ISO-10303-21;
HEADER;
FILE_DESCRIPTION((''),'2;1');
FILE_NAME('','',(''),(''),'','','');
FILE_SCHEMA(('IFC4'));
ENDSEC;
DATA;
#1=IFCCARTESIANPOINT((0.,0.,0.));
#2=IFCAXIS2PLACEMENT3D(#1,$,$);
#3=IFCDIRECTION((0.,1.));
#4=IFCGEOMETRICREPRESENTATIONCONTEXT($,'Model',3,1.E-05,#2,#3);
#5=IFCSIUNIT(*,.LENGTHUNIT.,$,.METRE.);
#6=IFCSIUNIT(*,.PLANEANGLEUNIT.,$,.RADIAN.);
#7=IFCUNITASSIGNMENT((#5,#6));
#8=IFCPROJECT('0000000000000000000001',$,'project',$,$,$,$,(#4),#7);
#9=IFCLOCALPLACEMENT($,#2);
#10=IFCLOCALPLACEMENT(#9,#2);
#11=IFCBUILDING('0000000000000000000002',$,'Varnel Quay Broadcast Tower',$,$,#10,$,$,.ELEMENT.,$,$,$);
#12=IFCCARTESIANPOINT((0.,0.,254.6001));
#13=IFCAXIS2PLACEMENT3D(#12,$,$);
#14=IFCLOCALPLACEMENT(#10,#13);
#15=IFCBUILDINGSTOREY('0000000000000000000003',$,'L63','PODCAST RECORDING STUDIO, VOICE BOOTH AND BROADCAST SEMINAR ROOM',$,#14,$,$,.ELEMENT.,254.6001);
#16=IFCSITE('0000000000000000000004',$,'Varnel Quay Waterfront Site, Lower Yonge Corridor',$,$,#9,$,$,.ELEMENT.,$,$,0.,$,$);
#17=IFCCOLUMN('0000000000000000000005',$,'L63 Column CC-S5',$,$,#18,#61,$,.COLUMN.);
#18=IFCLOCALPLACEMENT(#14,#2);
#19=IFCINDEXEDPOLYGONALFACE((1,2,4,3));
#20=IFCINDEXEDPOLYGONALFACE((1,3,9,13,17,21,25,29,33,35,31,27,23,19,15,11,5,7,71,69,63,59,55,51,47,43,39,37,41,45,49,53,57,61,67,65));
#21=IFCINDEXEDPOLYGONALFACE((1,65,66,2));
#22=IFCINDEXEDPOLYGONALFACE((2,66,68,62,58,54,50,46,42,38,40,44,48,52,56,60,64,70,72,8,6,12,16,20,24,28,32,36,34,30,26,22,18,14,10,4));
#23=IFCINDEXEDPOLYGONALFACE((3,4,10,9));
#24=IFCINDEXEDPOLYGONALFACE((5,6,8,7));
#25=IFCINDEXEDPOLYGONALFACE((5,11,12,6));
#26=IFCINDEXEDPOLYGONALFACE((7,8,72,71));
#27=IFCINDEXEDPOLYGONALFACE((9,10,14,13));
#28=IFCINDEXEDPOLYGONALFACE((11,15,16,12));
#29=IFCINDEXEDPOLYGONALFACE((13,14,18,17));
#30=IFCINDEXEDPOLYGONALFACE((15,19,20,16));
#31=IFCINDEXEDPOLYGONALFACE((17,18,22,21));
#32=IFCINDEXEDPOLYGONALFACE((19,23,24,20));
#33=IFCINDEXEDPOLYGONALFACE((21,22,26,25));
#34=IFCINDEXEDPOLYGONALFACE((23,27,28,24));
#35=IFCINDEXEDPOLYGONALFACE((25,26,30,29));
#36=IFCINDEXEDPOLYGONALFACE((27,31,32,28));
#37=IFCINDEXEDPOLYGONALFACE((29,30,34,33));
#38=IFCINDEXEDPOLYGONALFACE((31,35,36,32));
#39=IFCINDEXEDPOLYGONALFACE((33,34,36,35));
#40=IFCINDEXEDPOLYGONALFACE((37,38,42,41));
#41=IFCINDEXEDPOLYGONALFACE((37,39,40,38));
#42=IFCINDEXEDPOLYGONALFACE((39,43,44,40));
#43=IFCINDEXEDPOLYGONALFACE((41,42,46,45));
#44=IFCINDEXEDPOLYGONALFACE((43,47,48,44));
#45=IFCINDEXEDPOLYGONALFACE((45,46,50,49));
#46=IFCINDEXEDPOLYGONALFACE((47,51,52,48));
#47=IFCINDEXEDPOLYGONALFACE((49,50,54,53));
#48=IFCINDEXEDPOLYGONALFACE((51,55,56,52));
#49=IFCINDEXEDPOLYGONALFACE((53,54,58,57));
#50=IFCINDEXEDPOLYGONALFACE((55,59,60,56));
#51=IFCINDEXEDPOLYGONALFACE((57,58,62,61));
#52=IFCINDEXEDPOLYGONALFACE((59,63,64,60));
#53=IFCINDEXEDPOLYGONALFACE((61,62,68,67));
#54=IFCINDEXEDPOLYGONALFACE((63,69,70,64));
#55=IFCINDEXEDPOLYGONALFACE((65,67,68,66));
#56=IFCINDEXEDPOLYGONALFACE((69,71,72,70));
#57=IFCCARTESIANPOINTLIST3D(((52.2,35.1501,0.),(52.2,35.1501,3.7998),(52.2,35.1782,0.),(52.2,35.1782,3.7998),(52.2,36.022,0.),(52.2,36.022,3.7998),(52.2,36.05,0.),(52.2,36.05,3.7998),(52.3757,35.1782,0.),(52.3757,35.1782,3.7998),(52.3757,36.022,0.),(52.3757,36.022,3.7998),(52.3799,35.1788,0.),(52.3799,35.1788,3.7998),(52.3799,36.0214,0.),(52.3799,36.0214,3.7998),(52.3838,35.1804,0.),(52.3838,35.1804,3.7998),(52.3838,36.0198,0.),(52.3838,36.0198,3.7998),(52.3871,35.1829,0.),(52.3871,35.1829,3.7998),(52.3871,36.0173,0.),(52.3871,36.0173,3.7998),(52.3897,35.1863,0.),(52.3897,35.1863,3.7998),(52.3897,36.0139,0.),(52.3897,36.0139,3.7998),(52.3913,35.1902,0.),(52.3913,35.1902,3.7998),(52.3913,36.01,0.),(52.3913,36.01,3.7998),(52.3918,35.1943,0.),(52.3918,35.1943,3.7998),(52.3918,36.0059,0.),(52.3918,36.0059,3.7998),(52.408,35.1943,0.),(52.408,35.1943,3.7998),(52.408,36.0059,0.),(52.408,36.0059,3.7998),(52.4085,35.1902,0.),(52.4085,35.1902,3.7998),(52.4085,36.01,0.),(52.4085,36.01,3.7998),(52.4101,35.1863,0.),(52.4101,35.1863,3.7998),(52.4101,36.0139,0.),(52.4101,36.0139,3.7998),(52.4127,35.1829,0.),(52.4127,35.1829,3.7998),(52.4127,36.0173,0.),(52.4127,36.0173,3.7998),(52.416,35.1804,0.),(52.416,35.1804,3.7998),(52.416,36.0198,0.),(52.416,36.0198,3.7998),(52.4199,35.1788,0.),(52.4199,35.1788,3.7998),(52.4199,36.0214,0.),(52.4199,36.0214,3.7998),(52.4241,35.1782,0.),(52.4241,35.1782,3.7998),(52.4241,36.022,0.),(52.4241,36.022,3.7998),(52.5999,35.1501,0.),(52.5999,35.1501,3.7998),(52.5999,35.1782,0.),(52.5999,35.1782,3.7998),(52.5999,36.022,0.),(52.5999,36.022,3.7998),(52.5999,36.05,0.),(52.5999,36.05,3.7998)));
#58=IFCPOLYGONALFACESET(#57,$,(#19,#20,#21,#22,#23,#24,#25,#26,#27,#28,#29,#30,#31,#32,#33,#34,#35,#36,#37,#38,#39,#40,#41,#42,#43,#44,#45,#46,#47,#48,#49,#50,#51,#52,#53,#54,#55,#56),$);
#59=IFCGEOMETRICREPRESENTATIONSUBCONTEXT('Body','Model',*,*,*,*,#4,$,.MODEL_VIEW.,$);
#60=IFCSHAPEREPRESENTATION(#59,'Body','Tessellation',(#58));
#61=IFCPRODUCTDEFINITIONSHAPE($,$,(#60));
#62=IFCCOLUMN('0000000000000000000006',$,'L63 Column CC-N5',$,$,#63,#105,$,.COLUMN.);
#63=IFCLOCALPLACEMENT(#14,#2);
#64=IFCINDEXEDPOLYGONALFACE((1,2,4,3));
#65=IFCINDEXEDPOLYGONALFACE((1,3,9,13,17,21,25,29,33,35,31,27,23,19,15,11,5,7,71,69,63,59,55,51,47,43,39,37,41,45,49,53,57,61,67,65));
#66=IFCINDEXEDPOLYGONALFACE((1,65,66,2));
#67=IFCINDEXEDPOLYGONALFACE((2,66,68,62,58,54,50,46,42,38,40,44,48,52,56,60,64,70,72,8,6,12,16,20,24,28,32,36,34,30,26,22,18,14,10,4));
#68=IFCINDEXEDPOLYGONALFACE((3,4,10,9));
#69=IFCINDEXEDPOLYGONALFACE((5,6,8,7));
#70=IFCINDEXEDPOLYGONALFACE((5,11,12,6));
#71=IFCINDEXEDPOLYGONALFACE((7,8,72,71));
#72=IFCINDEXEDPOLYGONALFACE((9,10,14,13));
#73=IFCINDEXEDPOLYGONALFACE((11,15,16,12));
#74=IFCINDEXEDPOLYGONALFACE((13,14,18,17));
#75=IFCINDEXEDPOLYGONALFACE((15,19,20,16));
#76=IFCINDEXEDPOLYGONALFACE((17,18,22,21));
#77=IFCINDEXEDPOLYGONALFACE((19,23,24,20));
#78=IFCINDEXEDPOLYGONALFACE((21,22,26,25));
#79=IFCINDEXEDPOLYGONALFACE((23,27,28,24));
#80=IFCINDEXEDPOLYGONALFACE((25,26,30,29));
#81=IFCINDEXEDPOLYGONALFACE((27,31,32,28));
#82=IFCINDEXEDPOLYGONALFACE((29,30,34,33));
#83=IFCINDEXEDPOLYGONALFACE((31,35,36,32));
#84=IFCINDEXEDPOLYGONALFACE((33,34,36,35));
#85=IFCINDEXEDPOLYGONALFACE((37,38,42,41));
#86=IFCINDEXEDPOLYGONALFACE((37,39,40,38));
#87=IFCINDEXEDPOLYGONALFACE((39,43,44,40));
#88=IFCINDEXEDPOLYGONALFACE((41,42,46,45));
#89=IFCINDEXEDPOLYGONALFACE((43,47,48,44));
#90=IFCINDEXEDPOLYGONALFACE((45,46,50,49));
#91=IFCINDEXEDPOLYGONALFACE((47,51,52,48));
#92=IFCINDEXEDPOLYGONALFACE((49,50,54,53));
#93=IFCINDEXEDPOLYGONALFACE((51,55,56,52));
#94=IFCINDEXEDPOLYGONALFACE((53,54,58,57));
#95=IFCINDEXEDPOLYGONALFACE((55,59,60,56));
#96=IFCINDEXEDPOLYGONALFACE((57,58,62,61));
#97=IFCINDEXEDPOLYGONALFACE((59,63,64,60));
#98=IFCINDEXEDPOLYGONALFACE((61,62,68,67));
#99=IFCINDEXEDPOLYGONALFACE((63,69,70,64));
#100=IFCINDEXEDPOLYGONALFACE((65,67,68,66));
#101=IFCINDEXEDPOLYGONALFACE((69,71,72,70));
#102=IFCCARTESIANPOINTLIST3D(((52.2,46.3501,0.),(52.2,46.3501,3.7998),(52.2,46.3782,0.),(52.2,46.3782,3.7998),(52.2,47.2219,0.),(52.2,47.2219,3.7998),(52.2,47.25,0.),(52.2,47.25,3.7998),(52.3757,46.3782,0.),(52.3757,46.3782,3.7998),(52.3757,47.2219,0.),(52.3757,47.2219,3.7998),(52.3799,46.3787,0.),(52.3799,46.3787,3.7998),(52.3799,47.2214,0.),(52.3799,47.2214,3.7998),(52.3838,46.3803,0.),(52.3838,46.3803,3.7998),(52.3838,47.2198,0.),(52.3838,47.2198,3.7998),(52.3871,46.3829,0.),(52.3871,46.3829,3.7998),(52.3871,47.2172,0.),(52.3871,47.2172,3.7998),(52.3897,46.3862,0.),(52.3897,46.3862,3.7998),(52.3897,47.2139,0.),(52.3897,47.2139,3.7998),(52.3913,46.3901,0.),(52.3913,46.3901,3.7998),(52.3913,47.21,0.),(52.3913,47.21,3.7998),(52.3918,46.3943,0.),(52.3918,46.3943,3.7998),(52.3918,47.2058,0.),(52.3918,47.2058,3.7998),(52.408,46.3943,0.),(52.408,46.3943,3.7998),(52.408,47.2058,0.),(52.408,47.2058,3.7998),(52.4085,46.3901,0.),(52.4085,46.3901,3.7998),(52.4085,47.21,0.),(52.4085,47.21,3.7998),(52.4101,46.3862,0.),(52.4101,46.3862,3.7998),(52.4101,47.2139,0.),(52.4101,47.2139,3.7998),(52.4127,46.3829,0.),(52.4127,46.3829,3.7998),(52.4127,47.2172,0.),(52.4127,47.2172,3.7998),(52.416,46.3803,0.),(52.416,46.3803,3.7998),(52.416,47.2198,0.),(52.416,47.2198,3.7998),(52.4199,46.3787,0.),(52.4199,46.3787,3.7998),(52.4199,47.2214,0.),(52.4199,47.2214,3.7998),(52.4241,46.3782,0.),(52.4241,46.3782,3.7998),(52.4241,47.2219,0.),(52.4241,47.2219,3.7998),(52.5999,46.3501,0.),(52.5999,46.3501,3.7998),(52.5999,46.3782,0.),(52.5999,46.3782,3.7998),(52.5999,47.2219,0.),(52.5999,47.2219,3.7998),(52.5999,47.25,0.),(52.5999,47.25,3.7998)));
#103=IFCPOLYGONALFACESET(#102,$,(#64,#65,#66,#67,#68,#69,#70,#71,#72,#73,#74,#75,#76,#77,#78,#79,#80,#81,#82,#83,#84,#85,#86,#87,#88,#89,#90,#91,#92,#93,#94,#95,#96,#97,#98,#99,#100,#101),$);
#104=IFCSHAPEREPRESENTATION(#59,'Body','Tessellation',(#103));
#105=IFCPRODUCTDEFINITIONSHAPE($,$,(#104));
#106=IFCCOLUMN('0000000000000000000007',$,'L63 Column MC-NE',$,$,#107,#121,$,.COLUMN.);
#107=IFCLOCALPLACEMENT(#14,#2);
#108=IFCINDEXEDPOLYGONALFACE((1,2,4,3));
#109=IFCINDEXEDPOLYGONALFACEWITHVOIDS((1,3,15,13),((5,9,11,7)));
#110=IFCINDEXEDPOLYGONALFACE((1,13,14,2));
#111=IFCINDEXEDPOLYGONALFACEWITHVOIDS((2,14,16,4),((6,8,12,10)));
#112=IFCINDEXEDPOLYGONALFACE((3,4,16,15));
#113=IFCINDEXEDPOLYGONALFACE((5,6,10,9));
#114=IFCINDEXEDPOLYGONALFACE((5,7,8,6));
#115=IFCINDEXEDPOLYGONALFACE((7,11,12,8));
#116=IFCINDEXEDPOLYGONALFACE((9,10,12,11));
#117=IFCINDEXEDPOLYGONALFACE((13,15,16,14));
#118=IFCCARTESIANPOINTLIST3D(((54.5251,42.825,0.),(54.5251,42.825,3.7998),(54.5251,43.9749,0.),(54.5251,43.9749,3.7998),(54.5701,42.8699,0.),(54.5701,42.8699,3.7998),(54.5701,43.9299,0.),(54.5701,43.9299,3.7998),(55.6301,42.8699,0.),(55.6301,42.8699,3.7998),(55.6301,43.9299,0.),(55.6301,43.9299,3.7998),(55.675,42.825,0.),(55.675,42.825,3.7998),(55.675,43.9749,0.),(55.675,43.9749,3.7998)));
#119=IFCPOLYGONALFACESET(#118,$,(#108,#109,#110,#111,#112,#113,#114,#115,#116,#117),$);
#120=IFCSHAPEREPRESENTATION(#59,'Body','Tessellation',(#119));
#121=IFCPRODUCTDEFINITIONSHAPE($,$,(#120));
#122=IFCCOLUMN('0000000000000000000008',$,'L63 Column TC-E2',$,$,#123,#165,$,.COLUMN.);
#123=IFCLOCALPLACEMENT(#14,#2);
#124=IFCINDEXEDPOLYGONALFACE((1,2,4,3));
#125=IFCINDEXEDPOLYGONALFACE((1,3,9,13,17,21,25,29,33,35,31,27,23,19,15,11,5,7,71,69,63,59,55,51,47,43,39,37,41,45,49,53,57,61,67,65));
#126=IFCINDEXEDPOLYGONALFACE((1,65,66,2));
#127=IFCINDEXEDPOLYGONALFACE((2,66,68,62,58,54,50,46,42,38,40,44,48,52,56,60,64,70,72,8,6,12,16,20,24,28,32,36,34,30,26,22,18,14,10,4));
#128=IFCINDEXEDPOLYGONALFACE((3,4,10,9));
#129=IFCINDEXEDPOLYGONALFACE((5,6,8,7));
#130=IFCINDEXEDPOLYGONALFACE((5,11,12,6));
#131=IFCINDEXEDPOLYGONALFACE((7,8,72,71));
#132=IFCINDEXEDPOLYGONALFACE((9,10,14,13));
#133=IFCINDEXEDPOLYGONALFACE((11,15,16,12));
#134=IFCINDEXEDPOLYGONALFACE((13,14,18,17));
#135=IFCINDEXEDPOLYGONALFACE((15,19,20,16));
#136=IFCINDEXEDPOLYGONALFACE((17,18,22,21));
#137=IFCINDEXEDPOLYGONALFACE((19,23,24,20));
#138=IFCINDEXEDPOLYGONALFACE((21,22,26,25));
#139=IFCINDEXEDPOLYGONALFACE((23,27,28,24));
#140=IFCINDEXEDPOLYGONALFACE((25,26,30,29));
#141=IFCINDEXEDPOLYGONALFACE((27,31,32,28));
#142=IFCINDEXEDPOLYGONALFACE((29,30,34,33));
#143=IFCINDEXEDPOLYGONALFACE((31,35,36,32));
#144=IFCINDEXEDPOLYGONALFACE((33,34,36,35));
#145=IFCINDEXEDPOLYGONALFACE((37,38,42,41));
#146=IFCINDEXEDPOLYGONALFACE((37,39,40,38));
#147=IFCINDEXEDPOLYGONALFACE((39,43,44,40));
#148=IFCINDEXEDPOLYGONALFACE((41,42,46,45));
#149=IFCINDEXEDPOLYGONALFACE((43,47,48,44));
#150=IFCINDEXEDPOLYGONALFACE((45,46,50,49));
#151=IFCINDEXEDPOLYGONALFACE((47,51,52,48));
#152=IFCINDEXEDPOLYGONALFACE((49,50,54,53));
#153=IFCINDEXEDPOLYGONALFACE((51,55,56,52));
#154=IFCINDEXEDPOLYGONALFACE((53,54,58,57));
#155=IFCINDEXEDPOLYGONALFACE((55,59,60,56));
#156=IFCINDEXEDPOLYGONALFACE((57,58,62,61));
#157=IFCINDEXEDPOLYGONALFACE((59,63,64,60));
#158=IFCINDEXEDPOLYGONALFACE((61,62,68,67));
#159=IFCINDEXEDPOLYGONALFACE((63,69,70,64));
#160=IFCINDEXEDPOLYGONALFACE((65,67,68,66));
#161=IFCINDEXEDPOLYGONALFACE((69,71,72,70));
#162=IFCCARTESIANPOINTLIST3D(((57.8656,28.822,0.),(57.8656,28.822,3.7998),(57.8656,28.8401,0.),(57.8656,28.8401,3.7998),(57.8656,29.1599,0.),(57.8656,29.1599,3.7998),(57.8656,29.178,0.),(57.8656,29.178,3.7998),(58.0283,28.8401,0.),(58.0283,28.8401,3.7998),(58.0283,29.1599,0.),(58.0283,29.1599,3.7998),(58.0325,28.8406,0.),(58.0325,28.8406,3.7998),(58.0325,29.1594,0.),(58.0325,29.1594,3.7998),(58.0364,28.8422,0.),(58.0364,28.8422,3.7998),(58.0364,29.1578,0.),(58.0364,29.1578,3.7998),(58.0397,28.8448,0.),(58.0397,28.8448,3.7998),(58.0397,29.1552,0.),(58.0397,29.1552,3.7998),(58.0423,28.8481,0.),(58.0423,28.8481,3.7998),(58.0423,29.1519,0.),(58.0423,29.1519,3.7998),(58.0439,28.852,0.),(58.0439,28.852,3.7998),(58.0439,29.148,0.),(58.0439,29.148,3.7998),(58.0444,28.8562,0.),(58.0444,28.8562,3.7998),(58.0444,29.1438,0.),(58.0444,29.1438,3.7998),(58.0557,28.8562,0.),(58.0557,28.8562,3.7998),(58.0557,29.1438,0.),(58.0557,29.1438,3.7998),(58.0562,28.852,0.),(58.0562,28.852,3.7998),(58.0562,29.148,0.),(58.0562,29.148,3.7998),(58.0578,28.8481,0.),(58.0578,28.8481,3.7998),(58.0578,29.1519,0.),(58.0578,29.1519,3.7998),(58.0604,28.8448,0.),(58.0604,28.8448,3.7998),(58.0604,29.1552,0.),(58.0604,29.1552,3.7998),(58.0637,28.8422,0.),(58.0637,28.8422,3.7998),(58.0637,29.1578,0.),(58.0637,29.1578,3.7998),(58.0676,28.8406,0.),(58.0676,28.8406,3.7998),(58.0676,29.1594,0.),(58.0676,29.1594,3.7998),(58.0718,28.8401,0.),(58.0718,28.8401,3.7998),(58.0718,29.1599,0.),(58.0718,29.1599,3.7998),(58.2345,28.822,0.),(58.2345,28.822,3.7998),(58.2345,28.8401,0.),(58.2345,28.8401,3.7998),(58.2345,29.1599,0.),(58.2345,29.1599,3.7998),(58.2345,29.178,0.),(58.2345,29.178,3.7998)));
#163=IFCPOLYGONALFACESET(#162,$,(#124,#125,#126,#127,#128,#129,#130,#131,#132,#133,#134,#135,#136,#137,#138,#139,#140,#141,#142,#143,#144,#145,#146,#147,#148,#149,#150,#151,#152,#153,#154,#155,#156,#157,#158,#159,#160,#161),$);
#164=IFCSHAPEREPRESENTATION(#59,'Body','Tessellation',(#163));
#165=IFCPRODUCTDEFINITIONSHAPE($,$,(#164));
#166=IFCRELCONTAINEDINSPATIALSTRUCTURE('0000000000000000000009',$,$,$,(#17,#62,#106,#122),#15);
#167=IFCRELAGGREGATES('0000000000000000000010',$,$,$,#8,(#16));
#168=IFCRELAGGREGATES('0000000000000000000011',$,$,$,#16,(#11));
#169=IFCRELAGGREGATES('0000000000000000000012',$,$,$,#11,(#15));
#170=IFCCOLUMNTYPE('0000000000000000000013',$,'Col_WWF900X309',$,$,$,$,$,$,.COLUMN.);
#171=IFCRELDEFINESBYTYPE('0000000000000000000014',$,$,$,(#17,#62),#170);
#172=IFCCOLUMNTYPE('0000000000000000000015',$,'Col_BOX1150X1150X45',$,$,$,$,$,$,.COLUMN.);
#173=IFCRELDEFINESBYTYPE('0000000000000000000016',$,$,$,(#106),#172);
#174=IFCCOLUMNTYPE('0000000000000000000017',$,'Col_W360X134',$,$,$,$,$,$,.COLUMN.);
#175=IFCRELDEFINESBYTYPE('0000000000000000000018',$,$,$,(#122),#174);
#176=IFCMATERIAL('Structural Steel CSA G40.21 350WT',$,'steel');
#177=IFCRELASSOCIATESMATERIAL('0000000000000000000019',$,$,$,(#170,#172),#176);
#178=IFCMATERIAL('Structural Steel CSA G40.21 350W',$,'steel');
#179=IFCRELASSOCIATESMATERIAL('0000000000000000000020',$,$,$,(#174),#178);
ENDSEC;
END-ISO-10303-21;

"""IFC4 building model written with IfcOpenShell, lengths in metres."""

from ifc_helpers import new_model, si_unit, direction, frame, origin, origin_2d, place, context, subcontext, project, spatial, hollow_rectangle, i_section, extrude, source, transform, mapped, material, material_profile, profile_set, type_object, type_shapes, element, save


model = new_model("IFC4")

# Units and contexts
model_context = context("Model", 3, precision=1e-05, world=origin(), true_north=direction((0.0, 1.0)))
body_context = subcontext(model_context, "Body", "Model", "MODEL_VIEW")
ifc_project = project(units=[si_unit("LENGTHUNIT", "METRE"), si_unit("PLANEANGLEUNIT", "RADIAN")], contexts=[model_context])

# Site, building, storey
site_placement = place(None, origin())
site = spatial("IfcSite", under=ifc_project, at=site_placement, Name="Varnel Quay Waterfront Site, Lower Yonge Corridor", CompositionType="ELEMENT", RefElevation=0.0)
building_placement = place(site_placement, origin())
building = spatial("IfcBuilding", under=site, at=building_placement, Name="Varnel Quay Broadcast Tower", CompositionType="ELEMENT")
storey_placement = place(building_placement, frame((0.0, 0.0, 254.6001)))
storey = spatial("IfcBuildingStorey", under=building, at=storey_placement, Name="L63", Description="PODCAST RECORDING STUDIO, VOICE BOOTH AND BROADCAST SEMINAR ROOM", CompositionType="ELEMENT", Elevation=254.6001)

# Columns
ifc_material_1 = material(Name="Structural Steel CSA G40.21 350WT", Category="steel")
ifc_material_profile_1 = material_profile(ifc_material_1, i_section(OverallWidth=0.3999, OverallDepth=0.8999, WebThickness=0.0161, FlangeThickness=0.0281, FilletRadius=0.0161, at=origin_2d()), Name="WWF900X309")
ifc_profile_set_1 = profile_set([ifc_material_profile_1], Name="Structural Steel CSA G40.21 350WT")
column_type_1 = type_object("IfcColumnType", Name="Col_WWF900X309", PredefinedType="COLUMN", material=ifc_profile_set_1)
shared_shape_1 = source(origin(), body_context, "Body", "SweptSolid", [
    extrude(i_section(OverallWidth=0.3999, OverallDepth=0.8999, WebThickness=0.0161, FlangeThickness=0.0281, FilletRadius=0.0161, at=origin_2d()), origin(), (0.0, 0.0, 1.0), 3.7998),
])
type_shapes(column_type_1, [shared_shape_1])
for number, where, z_axis, x_axis, name in (
    (1, (52.3999, 35.6001, 0.0), (0.0, 0.0, 1.0), (1.0, 0.0, 0.0), "L63 Column CC-S5"),
    (2, (52.3999, 46.8, 0.0), (0.0, 0.0, 1.0), (1.0, 0.0, 0.0), "L63 Column CC-N5"),
):
    element("IfcColumn", number, at=place(storey_placement, frame(where, z_axis=z_axis, x_axis=x_axis)), inside=storey, type_object=column_type_1, Name=name, PredefinedType="COLUMN", context=body_context, shape_type="MappedRepresentation", body=[
        mapped(shared_shape_1, transform((0.0, 0.0, 0.0), x_axis=(1.0, 0.0, 0.0), y_axis=(0.0, 1.0, 0.0), z_axis=(0.0, 0.0, 1.0), scale=1.0)),
    ])
ifc_material_profile_2 = material_profile(ifc_material_1, hollow_rectangle(XDim=1.1499, YDim=1.1499, WallThickness=0.0449, at=origin_2d()), Name="BOX1150X1150X45")
ifc_profile_set_2 = profile_set([ifc_material_profile_2], Name="Structural Steel CSA G40.21 350WT")
column_type_2 = type_object("IfcColumnType", Name="Col_BOX1150X1150X45", PredefinedType="COLUMN", material=ifc_profile_set_2)
shared_shape_2 = source(origin(), body_context, "Body", "SweptSolid", [
    extrude(hollow_rectangle(XDim=1.1499, YDim=1.1499, WallThickness=0.0449, at=origin_2d()), origin(), (0.0, 0.0, 1.0), 3.7998),
])
type_shapes(column_type_2, [shared_shape_2])
column_placement = place(storey_placement, frame((55.1001, 43.3999, 0.0), z_axis=(0.0, 0.0, 1.0), x_axis=(1.0, 0.0, 0.0)))
element("IfcColumn", 3, at=column_placement, inside=storey, type_object=column_type_2, Name="L63 Column MC-NE", PredefinedType="COLUMN", context=body_context, shape_type="MappedRepresentation", body=[
    mapped(shared_shape_2, transform((0.0, 0.0, 0.0), x_axis=(1.0, 0.0, 0.0), y_axis=(0.0, 1.0, 0.0), z_axis=(0.0, 0.0, 1.0), scale=1.0)),
])
ifc_material_2 = material(Name="Structural Steel CSA G40.21 350W", Category="steel")
ifc_material_profile_3 = material_profile(ifc_material_2, i_section(OverallWidth=0.3689, OverallDepth=0.356, WebThickness=0.0112, FlangeThickness=0.0181, FilletRadius=0.0161, at=origin_2d()), Name="W360X134")
ifc_profile_set_3 = profile_set([ifc_material_profile_3], Name="Structural Steel CSA G40.21 350W")
column_type_3 = type_object("IfcColumnType", Name="Col_W360X134", PredefinedType="COLUMN", material=ifc_profile_set_3)
shared_shape_3 = source(origin(), body_context, "Body", "SweptSolid", [
    extrude(i_section(OverallWidth=0.3689, OverallDepth=0.356, WebThickness=0.0112, FlangeThickness=0.0181, FilletRadius=0.0161, at=origin_2d()), origin(), (0.0, 0.0, 1.0), 3.7998),
])
type_shapes(column_type_3, [shared_shape_3])
for number, where, z_axis, x_axis, name in (
    (4, (58.05, 29.0, 0.0), (0.0, 0.0, 1.0), (1.0, 0.0, 0.0), "L63 Column TC-E2"),
):
    element("IfcColumn", number, at=place(storey_placement, frame(where, z_axis=z_axis, x_axis=x_axis)), inside=storey, type_object=column_type_3, Name=name, PredefinedType="COLUMN", context=body_context, shape_type="MappedRepresentation", body=[
        mapped(shared_shape_3, transform((0.0, 0.0, 0.0), x_axis=(1.0, 0.0, 0.0), y_axis=(0.0, 1.0, 0.0), z_axis=(0.0, 0.0, 1.0), scale=1.0)),
    ])

save(model, "model.ifc")
